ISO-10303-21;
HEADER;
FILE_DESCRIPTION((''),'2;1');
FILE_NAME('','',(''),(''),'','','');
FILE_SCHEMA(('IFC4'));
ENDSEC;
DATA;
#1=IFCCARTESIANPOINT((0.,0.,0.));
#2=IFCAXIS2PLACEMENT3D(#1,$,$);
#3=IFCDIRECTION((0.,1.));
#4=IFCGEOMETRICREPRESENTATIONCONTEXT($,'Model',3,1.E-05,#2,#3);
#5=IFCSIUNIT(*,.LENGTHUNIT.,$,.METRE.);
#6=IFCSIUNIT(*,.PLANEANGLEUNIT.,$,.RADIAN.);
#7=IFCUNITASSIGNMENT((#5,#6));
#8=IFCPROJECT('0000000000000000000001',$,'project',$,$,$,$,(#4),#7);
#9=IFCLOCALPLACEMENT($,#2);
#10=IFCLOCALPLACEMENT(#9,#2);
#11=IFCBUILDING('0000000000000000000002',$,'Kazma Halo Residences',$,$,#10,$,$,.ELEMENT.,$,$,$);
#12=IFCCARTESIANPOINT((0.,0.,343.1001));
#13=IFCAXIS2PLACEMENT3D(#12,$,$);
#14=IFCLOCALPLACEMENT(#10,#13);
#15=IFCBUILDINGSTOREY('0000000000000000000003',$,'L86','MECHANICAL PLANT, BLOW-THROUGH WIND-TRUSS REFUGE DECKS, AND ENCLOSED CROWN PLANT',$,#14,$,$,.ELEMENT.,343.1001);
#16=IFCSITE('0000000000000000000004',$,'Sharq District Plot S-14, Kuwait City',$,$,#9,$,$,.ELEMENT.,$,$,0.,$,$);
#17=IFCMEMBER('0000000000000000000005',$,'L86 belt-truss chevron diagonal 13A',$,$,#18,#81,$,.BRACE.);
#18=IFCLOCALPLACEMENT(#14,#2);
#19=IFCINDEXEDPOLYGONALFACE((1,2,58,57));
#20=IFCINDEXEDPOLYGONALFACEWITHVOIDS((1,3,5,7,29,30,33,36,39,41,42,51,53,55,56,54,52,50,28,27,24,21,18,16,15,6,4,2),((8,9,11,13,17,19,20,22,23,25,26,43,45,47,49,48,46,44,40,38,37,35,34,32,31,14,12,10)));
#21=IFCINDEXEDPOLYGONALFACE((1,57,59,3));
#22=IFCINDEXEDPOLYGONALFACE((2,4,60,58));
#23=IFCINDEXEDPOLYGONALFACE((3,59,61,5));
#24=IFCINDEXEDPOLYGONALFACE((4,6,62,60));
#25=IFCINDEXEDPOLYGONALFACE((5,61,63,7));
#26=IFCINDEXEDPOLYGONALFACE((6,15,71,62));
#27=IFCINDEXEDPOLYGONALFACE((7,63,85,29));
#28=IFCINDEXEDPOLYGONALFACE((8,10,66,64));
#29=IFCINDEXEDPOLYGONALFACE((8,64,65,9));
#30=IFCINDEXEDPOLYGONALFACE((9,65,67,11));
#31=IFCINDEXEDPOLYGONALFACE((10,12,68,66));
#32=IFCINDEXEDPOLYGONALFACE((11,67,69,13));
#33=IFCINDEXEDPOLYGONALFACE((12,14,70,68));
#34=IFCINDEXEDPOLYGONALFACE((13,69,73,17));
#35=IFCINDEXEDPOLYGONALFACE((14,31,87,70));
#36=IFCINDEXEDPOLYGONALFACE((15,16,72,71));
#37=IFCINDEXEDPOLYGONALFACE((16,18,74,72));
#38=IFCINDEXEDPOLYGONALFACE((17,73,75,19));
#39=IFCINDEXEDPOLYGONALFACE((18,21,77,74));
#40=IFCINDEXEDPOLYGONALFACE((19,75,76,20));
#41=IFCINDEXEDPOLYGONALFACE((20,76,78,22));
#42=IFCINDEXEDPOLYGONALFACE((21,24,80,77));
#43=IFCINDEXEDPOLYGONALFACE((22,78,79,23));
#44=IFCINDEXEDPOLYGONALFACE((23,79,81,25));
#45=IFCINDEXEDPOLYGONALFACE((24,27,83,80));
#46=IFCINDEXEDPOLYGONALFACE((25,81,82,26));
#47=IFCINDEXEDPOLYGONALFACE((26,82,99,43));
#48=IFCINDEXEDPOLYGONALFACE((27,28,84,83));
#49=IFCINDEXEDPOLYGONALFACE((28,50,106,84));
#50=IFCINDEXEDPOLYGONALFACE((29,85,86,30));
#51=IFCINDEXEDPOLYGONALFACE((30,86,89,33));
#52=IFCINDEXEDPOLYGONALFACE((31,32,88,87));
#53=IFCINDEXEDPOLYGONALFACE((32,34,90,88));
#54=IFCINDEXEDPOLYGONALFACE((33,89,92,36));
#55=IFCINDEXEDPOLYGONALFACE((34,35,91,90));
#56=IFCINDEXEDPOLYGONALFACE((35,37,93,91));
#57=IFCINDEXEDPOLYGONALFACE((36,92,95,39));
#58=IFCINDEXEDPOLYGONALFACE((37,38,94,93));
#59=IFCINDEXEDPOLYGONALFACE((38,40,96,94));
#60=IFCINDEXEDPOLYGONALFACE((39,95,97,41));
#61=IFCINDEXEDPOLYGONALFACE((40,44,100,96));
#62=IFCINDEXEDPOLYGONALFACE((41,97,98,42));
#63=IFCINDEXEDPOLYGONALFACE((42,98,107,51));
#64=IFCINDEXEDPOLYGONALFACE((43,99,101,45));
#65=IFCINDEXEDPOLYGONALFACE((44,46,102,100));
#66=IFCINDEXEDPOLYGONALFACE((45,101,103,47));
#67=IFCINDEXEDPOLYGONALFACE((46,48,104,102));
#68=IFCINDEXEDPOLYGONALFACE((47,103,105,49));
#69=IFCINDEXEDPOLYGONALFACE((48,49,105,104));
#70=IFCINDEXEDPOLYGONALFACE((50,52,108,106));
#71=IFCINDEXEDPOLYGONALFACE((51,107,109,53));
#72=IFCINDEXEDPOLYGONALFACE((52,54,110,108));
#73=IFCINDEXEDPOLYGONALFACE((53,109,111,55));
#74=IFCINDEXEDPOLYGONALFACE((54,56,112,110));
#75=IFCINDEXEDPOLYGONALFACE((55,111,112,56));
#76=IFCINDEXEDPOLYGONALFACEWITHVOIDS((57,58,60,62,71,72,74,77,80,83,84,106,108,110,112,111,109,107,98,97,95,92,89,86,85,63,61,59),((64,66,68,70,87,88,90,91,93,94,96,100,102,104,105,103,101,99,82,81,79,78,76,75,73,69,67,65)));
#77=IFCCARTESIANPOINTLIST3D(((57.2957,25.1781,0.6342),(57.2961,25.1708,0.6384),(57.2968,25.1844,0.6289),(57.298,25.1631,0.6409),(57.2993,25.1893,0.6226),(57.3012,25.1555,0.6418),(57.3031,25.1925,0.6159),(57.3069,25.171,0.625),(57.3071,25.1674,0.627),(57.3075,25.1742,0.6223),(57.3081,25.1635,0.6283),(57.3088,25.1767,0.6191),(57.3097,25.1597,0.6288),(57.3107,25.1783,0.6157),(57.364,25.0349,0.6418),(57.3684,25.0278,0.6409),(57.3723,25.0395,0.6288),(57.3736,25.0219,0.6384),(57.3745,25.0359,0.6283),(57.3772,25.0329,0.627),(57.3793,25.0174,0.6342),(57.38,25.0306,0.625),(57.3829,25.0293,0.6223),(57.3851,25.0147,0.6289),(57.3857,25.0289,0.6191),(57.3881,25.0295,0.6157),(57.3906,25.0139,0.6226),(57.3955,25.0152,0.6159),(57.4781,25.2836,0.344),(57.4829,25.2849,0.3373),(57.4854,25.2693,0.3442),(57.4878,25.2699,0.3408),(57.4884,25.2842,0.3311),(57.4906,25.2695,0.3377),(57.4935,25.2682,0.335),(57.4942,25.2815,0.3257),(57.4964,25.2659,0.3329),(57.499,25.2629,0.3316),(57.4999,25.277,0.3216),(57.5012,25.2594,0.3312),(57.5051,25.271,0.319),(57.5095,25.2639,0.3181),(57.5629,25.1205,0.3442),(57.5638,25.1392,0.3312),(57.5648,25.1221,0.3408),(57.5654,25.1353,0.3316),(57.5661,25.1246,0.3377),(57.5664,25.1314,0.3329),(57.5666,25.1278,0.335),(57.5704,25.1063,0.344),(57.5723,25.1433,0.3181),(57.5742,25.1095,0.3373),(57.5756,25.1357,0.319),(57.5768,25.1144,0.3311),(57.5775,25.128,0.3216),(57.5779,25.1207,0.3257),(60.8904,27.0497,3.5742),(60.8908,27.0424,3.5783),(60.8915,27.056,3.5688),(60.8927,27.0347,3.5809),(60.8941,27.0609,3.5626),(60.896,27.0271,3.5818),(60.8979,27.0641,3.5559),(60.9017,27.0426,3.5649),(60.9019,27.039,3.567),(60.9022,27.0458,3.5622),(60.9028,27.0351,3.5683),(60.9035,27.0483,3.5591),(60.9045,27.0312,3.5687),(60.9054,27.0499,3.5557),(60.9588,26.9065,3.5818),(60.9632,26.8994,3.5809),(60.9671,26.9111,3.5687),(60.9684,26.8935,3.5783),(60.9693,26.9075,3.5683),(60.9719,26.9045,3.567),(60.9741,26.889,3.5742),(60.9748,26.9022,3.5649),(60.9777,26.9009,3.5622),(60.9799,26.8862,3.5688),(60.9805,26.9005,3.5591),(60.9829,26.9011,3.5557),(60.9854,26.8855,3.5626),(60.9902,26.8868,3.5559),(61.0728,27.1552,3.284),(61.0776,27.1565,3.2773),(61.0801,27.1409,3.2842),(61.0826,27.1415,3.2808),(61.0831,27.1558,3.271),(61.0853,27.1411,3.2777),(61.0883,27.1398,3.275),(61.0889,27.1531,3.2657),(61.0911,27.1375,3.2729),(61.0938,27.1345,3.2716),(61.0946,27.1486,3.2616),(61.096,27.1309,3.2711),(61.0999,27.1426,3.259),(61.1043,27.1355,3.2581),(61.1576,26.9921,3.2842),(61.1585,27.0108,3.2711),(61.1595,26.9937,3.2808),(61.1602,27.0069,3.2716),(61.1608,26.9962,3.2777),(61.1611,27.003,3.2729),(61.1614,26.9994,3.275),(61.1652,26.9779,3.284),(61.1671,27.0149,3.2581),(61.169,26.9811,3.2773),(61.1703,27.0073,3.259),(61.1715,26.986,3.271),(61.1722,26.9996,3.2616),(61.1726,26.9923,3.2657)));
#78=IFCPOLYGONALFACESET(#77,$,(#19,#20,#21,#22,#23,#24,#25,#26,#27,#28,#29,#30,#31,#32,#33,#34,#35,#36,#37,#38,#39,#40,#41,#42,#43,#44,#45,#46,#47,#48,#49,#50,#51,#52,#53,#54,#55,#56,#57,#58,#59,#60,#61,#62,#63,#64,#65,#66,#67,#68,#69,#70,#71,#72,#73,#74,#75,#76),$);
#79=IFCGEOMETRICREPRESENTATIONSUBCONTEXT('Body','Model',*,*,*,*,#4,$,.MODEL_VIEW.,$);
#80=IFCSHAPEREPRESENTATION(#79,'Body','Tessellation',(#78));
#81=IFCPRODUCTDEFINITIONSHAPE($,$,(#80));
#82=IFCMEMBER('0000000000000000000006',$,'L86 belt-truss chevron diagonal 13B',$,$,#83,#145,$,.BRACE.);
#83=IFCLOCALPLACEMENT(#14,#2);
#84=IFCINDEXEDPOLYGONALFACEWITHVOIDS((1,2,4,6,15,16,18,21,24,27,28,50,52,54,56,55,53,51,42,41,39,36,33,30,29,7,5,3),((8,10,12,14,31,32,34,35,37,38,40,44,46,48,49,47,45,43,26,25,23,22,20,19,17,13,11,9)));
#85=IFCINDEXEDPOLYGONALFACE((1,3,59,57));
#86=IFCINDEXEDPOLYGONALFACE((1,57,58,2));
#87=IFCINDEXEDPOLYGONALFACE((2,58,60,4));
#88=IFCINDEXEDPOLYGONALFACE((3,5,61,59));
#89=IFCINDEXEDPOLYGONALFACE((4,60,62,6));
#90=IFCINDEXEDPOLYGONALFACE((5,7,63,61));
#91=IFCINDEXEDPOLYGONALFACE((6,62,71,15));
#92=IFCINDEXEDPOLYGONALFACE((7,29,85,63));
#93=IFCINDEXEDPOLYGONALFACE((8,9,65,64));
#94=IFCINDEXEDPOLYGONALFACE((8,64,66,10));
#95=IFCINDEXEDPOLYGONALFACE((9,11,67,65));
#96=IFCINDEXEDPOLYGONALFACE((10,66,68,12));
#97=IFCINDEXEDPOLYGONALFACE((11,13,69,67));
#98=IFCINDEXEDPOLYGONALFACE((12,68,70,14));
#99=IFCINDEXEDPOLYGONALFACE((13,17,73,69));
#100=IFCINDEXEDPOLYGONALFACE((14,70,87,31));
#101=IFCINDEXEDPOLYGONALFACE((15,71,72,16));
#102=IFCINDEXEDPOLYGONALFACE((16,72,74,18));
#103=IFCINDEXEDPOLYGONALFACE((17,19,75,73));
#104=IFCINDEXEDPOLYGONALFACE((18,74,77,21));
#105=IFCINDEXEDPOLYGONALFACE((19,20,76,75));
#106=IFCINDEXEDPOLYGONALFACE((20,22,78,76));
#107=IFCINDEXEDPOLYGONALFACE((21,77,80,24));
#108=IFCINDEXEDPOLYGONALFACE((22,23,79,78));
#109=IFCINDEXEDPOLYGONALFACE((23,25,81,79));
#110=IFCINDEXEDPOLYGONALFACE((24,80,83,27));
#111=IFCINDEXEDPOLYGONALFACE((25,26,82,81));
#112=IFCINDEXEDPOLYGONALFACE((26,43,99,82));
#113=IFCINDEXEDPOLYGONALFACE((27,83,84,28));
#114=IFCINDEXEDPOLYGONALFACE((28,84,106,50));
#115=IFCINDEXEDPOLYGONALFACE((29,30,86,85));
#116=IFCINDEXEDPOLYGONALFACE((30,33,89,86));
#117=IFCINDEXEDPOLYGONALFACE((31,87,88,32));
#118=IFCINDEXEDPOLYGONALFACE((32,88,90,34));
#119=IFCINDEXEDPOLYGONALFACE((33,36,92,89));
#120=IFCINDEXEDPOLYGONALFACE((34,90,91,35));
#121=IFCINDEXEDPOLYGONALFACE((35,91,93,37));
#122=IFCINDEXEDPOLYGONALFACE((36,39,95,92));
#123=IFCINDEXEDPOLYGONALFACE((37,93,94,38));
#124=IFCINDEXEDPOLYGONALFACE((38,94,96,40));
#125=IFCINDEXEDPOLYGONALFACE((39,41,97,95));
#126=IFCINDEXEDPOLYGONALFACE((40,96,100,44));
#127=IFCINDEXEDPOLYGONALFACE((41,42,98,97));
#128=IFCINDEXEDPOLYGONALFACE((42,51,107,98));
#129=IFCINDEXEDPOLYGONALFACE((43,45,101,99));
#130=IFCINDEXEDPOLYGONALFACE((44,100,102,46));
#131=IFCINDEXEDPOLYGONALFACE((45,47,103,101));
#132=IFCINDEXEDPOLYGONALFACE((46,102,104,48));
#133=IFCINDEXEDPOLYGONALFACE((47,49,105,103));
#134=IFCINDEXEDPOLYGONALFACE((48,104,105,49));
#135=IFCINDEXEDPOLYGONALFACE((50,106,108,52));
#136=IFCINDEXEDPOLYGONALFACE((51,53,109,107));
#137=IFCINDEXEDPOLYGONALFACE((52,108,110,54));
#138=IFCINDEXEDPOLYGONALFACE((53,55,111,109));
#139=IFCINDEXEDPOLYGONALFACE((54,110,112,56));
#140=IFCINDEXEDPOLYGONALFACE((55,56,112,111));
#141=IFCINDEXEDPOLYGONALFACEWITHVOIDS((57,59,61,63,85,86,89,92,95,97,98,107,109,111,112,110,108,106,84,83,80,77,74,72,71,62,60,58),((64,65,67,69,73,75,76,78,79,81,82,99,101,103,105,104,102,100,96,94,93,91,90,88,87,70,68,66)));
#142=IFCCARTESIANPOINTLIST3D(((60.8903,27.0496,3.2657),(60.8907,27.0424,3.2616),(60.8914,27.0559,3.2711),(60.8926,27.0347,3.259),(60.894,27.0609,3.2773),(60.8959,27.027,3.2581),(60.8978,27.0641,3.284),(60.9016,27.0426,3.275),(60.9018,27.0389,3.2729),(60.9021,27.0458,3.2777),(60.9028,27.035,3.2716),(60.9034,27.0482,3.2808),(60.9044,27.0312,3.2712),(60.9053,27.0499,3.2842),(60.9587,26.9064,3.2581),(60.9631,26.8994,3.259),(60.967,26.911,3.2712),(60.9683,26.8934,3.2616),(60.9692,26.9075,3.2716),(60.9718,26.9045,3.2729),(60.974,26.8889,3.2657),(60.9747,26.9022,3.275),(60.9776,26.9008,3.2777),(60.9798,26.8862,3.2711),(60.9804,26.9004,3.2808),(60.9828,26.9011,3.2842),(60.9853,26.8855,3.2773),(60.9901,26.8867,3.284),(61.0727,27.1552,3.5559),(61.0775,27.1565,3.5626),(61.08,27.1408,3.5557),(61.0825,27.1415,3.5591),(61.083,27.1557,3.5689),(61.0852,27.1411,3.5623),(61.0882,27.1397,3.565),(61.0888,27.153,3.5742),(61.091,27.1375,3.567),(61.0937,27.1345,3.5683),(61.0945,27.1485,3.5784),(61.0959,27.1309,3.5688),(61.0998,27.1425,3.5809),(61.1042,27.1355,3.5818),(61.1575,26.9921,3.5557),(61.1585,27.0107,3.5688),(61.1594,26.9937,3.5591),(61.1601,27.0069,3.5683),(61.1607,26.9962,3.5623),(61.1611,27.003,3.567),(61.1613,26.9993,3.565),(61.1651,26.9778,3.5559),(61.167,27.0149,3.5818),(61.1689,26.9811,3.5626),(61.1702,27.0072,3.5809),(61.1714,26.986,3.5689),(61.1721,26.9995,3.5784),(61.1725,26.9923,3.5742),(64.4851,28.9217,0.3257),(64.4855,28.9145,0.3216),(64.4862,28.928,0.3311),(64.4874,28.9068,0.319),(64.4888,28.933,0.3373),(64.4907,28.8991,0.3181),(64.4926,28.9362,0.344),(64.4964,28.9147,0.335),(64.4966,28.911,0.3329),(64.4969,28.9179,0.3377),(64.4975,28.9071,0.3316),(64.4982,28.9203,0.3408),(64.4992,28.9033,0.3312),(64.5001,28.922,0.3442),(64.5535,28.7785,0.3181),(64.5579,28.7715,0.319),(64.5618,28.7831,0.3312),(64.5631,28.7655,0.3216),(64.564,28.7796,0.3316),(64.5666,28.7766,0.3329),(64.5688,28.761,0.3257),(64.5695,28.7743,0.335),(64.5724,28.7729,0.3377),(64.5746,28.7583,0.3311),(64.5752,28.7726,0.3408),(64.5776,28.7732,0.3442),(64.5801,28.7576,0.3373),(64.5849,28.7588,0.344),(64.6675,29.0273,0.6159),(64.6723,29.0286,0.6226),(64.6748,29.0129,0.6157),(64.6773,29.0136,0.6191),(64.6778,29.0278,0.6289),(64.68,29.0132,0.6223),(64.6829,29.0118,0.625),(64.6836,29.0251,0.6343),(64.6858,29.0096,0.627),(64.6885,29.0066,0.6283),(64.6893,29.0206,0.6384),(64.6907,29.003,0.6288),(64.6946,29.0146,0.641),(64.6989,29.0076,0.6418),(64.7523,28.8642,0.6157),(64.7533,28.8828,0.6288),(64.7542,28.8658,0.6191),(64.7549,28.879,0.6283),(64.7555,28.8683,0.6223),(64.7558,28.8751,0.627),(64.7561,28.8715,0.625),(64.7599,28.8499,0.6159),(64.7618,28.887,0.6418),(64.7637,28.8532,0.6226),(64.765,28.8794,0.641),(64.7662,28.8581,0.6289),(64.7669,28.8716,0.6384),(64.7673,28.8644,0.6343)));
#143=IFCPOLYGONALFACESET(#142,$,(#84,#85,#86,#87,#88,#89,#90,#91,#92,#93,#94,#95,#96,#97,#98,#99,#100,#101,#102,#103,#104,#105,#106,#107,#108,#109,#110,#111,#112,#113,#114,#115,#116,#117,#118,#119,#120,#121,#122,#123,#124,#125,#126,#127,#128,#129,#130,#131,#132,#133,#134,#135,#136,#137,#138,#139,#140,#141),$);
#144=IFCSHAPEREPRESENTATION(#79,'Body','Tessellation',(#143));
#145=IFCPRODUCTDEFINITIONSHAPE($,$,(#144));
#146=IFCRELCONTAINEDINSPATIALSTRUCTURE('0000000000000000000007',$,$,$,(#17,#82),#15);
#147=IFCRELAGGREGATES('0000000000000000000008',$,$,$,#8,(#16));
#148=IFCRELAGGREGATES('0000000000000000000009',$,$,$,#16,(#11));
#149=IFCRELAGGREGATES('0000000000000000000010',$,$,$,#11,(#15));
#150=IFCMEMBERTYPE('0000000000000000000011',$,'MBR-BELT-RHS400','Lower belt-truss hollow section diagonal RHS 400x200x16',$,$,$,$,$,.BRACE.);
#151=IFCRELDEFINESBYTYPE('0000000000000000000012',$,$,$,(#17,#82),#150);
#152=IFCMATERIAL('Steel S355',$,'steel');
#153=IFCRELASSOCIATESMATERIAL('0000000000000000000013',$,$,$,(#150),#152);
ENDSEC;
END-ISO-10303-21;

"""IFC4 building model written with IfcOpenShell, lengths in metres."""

from ifc_helpers import new_model, si_unit, direction, frame, origin, origin_2d, place, context, subcontext, project, spatial, hollow_rectangle, extrude, material, material_profile, profile_set, type_object, element, save


model = new_model("IFC4")

# Units and contexts
model_context = context("Model", 3, precision=1e-05, world=origin(), true_north=direction((0.0, 1.0)))
body_context = subcontext(model_context, "Body", "Model", "MODEL_VIEW")
ifc_project = project(units=[si_unit("LENGTHUNIT", "METRE"), si_unit("PLANEANGLEUNIT", "RADIAN")], contexts=[model_context])

# Site, building, storey
site_placement = place(None, origin())
site = spatial("IfcSite", under=ifc_project, at=site_placement, Name="Sharq District Plot S-14, Kuwait City", CompositionType="ELEMENT", RefElevation=0.0)
building_placement = place(site_placement, origin())
building = spatial("IfcBuilding", under=site, at=building_placement, Name="Kazma Halo Residences", CompositionType="ELEMENT")
storey_placement = place(building_placement, frame((0.0, 0.0, 343.1001)))
storey = spatial("IfcBuildingStorey", under=building, at=storey_placement, Name="L86", Description="MECHANICAL PLANT, BLOW-THROUGH WIND-TRUSS REFUGE DECKS, AND ENCLOSED CROWN PLANT", CompositionType="ELEMENT", Elevation=343.1001)

# Shared definitions
ifc_material_1 = material(Name="Steel S355", Category="steel")

# Members
ifc_material_profile_1 = material_profile(ifc_material_1, hollow_rectangle(XDim=0.2, YDim=0.3999, WallThickness=0.0161, InnerFilletRadius=0.0161, OuterFilletRadius=0.032, at=origin_2d()), Name="RHS400x200x16")
ifc_profile_set_1 = profile_set([ifc_material_profile_1], Name="Steel S355")
member_type_1 = type_object("IfcMemberType", Name="MBR-BELT-RHS400", Description="Lower belt-truss hollow section diagonal RHS 400x200x16", PredefinedType="BRACE", material=ifc_profile_set_1)
member_1_placement = place(storey_placement, frame((57.4368, 25.1494, 0.48), z_axis=(0.717968, 0.373807, 0.587189), x_axis=(-0.461804, 0.886982, 0.0)))
element("IfcMember", 1, at=member_1_placement, inside=storey, type_object=member_type_1, Name="L86 belt-truss chevron diagonal 13A", PredefinedType="BRACE", context=body_context, shape_type="SweptSolid", body=[
    extrude(hollow_rectangle(XDim=0.2, YDim=0.3999, WallThickness=0.0161, InnerFilletRadius=0.0161, OuterFilletRadius=0.032, at=origin_2d()), origin(), (0.0, 0.0, 1.0), 5.0068),
])
member_2_placement = place(storey_placement, frame((64.6262, 28.8931, 0.48), z_axis=(-0.717941, -0.373891, 0.587167), x_axis=(0.461899, -0.886933, 0.0)))
element("IfcMember", 2, at=member_2_placement, inside=storey, type_object=member_type_1, Name="L86 belt-truss chevron diagonal 13B", PredefinedType="BRACE", context=body_context, shape_type="SweptSolid", body=[
    extrude(hollow_rectangle(XDim=0.2, YDim=0.3999, WallThickness=0.0161, InnerFilletRadius=0.0161, OuterFilletRadius=0.032, at=origin_2d()), origin(), (0.0, 0.0, 1.0), 5.0071),
])

save(model, "model.ifc")
